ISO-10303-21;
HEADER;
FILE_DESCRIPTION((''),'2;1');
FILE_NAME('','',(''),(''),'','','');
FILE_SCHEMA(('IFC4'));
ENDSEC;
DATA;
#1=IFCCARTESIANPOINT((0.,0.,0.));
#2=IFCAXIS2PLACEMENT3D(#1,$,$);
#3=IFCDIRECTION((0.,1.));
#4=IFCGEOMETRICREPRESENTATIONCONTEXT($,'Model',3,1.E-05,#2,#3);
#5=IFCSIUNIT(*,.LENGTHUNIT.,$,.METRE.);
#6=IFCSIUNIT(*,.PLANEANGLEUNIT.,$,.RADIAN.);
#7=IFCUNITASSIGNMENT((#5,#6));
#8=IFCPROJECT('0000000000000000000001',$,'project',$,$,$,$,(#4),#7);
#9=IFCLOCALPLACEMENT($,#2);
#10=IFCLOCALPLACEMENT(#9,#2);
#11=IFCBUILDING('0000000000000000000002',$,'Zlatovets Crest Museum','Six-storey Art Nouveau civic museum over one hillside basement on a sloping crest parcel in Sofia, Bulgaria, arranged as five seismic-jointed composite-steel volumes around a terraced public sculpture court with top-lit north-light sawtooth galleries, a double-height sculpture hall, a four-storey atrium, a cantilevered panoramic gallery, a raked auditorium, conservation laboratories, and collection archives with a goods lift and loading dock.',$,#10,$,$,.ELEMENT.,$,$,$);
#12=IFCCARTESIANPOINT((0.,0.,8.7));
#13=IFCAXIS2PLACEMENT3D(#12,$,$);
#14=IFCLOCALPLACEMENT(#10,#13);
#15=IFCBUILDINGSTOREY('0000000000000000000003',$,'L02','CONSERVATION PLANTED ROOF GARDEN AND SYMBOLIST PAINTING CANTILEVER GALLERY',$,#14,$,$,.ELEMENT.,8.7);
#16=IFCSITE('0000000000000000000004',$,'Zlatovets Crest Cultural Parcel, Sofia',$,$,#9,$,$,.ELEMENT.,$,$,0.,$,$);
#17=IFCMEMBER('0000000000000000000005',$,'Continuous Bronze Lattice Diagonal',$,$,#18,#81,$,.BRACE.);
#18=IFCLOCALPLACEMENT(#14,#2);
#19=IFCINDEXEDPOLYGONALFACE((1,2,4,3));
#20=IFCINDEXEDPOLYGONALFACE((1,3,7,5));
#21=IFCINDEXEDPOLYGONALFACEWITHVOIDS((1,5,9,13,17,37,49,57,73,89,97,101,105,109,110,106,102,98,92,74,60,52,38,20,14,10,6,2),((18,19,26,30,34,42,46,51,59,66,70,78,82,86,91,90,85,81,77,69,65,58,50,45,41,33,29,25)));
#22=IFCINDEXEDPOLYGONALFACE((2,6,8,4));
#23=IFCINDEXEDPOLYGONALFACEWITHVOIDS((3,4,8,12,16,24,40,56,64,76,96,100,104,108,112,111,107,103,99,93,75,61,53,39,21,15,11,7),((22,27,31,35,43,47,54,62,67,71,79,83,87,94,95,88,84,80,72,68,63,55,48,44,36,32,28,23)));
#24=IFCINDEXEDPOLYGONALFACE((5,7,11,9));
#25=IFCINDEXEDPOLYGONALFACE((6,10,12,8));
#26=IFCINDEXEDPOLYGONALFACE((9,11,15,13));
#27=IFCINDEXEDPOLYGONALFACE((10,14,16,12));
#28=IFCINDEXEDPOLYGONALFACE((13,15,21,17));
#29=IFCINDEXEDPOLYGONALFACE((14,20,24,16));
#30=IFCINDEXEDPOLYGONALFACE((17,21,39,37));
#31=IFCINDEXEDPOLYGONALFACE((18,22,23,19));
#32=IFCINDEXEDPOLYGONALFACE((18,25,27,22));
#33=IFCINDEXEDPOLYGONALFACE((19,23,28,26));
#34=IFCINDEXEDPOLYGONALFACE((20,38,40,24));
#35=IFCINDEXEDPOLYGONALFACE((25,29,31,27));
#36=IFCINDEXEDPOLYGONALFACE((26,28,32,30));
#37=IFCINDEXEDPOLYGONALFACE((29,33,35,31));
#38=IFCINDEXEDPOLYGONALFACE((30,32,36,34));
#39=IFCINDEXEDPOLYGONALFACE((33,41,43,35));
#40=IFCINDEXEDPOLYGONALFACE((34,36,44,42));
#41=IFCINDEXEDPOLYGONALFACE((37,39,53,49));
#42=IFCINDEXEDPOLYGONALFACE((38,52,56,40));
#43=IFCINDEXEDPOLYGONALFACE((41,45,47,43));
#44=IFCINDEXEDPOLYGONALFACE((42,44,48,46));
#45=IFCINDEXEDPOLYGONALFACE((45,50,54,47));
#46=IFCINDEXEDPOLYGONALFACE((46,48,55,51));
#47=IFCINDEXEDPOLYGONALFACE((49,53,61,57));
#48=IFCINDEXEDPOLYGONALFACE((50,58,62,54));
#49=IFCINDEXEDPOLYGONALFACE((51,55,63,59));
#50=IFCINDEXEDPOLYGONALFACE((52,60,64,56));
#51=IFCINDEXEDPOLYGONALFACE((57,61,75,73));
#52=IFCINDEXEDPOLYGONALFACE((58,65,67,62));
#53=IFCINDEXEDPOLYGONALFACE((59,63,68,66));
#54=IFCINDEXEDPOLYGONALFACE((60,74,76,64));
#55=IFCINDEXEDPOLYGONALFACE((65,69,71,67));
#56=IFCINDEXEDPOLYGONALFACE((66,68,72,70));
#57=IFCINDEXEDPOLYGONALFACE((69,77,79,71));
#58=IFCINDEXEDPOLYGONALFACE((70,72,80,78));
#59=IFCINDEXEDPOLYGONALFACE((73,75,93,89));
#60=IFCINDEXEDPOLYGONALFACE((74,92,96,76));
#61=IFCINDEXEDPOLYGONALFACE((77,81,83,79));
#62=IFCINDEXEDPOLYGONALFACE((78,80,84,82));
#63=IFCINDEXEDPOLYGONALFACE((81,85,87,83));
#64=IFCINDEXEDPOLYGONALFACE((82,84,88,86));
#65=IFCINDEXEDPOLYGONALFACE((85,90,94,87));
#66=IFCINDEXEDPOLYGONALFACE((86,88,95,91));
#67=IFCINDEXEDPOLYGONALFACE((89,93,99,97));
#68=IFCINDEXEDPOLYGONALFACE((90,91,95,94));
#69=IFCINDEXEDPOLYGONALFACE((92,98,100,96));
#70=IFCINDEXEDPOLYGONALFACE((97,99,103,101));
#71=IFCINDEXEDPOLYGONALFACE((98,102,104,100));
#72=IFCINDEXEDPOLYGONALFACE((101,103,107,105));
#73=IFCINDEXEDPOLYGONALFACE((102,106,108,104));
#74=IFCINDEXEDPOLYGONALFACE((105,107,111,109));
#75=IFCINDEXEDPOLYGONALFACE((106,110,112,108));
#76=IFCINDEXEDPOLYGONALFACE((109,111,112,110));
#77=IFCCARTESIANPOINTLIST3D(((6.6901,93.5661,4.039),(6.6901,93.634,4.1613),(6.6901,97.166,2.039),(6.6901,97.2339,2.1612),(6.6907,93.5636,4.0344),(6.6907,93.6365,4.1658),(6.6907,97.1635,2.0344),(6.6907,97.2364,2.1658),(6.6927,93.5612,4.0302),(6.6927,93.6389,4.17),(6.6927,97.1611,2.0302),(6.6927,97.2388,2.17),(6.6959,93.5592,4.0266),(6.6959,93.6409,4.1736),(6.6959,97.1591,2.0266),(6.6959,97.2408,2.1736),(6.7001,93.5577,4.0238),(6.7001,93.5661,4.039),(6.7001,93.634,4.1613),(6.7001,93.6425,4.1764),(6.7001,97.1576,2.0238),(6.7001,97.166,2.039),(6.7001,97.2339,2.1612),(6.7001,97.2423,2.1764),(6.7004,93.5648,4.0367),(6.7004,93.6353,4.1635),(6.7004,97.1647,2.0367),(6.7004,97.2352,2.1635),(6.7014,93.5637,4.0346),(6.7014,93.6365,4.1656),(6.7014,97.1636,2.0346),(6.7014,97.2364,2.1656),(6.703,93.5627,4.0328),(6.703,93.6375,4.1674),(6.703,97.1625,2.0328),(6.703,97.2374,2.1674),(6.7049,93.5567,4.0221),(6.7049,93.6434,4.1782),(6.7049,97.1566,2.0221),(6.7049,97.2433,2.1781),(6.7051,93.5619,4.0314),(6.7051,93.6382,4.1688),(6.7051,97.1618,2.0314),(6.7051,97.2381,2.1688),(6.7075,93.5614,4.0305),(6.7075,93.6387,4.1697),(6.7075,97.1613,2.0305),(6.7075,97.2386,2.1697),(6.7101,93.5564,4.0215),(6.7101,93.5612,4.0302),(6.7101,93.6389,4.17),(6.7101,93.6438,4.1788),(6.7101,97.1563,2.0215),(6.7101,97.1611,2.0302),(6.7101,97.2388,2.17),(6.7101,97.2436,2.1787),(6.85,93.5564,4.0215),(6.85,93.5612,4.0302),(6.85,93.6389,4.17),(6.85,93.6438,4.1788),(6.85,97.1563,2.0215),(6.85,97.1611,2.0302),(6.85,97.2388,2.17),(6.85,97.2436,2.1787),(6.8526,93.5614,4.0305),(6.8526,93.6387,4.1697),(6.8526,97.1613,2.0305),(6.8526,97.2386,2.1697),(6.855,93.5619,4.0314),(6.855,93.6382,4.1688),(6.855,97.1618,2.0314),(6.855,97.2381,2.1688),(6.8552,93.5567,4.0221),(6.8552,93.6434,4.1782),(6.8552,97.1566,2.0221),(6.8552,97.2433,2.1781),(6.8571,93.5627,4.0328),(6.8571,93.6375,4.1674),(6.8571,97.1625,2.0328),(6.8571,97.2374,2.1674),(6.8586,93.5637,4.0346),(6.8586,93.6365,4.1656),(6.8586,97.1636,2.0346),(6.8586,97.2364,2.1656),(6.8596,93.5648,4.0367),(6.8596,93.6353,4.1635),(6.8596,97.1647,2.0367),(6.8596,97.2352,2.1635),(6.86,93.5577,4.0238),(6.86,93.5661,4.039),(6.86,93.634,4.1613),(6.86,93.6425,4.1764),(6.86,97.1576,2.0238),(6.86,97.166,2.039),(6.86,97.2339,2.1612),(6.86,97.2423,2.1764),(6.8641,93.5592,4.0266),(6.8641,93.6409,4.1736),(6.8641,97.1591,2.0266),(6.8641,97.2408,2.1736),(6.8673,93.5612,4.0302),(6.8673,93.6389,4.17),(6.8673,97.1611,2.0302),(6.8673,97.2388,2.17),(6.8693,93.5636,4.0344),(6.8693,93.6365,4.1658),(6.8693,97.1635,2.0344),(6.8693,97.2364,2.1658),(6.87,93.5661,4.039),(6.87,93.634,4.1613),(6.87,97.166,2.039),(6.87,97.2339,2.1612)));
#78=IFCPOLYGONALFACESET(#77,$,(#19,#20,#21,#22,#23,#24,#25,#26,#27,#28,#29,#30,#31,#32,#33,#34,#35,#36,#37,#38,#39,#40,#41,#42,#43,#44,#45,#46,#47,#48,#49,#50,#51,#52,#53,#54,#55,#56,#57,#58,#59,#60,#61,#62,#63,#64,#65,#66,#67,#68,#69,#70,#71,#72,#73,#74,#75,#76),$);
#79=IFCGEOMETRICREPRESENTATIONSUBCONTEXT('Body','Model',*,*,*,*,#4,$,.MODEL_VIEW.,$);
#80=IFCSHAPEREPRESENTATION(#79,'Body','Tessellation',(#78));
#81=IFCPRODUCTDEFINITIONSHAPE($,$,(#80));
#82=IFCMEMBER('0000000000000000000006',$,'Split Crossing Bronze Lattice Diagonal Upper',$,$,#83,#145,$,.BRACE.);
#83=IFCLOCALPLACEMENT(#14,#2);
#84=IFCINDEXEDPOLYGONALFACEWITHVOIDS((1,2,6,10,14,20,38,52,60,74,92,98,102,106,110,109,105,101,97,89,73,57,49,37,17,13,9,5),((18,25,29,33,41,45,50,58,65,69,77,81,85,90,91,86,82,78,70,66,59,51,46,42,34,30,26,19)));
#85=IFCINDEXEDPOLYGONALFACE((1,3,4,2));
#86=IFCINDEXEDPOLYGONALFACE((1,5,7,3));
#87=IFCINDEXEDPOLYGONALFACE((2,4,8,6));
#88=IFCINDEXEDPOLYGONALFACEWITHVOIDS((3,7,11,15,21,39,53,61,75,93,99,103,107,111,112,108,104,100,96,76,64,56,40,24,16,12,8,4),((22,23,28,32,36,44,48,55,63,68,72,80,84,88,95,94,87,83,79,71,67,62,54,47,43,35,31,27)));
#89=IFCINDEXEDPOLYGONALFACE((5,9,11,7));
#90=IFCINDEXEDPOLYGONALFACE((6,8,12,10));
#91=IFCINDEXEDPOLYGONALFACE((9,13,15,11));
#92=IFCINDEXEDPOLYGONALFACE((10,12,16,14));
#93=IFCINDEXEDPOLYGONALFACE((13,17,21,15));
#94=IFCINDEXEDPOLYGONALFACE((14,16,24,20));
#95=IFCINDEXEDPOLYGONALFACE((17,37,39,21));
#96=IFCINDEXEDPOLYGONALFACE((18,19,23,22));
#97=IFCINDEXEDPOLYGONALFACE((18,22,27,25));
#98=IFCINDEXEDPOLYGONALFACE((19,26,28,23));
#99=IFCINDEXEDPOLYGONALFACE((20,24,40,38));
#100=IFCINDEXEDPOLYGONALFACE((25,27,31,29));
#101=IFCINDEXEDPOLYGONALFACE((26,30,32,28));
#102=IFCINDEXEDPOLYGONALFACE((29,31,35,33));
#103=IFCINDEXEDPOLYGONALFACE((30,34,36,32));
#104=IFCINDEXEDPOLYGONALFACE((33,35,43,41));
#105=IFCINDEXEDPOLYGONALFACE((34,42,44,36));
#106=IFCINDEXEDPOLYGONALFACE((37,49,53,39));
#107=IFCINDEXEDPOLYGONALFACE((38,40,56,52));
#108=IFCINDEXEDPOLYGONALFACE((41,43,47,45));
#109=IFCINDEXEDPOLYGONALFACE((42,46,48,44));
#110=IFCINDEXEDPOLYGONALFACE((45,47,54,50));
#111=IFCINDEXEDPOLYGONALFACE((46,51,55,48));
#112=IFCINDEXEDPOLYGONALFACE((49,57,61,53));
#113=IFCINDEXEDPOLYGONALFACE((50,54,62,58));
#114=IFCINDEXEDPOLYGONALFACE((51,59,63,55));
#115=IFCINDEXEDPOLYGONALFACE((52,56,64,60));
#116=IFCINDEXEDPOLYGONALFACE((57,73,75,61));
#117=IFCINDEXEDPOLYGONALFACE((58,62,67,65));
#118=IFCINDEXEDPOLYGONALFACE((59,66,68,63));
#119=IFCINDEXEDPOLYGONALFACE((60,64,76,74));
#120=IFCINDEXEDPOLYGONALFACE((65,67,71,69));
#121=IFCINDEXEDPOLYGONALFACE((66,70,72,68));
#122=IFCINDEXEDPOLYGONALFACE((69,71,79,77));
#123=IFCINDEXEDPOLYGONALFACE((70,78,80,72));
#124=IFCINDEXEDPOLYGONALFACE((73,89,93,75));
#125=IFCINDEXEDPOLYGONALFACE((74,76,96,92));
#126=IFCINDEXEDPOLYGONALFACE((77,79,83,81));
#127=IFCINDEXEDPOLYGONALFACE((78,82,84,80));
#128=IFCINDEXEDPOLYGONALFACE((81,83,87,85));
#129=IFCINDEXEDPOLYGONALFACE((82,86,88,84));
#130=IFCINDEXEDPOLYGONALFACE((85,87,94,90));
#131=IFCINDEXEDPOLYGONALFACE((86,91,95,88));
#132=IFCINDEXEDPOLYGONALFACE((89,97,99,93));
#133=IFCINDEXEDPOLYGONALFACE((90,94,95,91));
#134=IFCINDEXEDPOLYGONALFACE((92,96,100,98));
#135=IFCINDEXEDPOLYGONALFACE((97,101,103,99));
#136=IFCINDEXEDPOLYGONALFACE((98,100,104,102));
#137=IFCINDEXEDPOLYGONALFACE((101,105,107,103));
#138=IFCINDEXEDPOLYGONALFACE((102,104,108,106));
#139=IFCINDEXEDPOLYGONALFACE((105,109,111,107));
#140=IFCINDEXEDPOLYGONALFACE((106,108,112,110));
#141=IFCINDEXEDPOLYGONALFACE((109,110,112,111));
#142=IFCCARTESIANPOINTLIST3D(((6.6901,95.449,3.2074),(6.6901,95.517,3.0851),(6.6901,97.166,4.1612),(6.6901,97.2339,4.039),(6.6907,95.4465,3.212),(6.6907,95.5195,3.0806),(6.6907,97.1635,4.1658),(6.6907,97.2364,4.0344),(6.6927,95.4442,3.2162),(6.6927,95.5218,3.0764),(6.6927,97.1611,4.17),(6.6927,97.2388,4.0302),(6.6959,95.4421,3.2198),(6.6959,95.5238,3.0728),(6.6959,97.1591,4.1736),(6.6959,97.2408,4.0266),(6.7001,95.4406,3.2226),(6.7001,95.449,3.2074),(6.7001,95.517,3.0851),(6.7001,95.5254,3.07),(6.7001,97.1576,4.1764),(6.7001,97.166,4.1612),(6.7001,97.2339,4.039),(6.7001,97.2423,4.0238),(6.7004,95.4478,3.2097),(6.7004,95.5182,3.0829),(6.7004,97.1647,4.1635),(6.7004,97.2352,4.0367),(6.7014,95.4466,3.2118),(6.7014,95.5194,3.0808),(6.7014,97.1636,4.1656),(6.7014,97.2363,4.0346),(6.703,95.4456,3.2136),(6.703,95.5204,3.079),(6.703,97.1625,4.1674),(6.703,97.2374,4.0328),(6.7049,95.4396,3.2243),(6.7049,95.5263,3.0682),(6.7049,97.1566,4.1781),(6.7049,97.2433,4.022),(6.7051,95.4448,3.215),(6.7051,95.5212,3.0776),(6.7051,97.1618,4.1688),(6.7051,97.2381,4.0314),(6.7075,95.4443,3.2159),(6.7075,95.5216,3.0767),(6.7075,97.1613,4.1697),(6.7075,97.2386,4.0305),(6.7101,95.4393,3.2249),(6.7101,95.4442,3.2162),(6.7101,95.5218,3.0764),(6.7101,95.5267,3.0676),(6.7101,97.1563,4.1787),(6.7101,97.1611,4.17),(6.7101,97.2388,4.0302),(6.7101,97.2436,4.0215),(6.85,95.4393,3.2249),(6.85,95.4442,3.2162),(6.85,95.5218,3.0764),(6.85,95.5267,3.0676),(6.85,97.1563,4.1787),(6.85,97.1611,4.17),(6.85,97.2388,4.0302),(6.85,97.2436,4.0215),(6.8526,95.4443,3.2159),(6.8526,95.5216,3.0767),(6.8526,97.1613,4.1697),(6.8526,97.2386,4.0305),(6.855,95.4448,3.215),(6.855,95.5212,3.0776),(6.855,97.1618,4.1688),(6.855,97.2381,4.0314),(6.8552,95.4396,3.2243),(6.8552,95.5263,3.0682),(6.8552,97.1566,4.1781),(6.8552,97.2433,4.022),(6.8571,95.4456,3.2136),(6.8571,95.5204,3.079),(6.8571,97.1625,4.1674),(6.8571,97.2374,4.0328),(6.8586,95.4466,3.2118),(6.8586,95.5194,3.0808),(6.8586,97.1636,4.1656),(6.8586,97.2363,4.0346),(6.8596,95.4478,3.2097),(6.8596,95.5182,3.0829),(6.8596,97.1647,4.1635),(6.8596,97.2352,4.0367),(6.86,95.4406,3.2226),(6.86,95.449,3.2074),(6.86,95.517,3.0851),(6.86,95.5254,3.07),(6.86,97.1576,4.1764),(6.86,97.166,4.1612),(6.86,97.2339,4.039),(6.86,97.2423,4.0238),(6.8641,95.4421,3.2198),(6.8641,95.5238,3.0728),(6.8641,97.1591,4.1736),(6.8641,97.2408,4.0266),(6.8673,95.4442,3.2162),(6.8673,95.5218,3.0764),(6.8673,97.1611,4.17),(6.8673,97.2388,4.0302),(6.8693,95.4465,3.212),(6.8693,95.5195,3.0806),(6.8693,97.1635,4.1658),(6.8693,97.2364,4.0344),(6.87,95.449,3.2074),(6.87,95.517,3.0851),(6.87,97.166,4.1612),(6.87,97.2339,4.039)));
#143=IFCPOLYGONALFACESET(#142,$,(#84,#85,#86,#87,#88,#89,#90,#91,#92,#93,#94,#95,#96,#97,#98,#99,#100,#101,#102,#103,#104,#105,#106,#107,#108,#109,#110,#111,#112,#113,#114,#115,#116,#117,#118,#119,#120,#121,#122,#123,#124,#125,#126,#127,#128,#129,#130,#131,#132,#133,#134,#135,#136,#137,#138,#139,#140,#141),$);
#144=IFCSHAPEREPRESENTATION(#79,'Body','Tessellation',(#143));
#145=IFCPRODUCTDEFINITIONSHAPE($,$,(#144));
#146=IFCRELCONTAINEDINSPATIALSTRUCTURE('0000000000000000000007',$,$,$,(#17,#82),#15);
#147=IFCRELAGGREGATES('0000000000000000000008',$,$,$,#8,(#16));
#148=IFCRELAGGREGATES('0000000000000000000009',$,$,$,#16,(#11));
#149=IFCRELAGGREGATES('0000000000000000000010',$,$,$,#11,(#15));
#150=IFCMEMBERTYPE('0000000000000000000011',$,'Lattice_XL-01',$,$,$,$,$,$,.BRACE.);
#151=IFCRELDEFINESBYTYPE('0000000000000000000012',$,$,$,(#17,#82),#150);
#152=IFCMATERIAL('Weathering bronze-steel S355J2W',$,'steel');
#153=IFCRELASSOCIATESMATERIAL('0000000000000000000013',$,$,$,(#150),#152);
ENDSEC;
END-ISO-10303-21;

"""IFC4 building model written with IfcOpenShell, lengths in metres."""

from ifc_helpers import new_model, si_unit, direction, frame, origin, origin_2d, place, context, subcontext, project, spatial, hollow_rectangle, extrude, material, material_profile, profile_set, type_object, element, save


model = new_model("IFC4")

# Units and contexts
model_context = context("Model", 3, precision=1e-05, world=origin(), true_north=direction((0.0, 1.0)))
body_context = subcontext(model_context, "Body", "Model", "MODEL_VIEW")
ifc_project = project(units=[si_unit("LENGTHUNIT", "METRE"), si_unit("PLANEANGLEUNIT", "RADIAN")], contexts=[model_context])

# Site, building, storey
site_placement = place(None, origin())
site = spatial("IfcSite", under=ifc_project, at=site_placement, Name="Zlatovets Crest Cultural Parcel, Sofia", CompositionType="ELEMENT", RefElevation=0.0)
building_placement = place(site_placement, origin())
building = spatial("IfcBuilding", under=site, at=building_placement, Name="Zlatovets Crest Museum", Description="Six-storey Art Nouveau civic museum over one hillside basement on a sloping crest parcel in Sofia, Bulgaria, arranged as five seismic-jointed composite-steel volumes around a terraced public sculpture court with top-lit north-light sawtooth galleries, a double-height sculpture hall, a four-storey atrium, a cantilevered panoramic gallery, a raked auditorium, conservation laboratories, and collection archives with a goods lift and loading dock.", CompositionType="ELEMENT")
storey_placement = place(building_placement, frame((0.0, 0.0, 8.7)))
storey = spatial("IfcBuildingStorey", under=building, at=storey_placement, Name="L02", Description="CONSERVATION PLANTED ROOF GARDEN AND SYMBOLIST PAINTING CANTILEVER GALLERY", CompositionType="ELEMENT", Elevation=8.7)

# Members
ifc_material_1 = material(Name="Weathering bronze-steel S355J2W", Category="steel")
ifc_material_profile_1 = material_profile(ifc_material_1, hollow_rectangle(XDim=0.1799, YDim=0.1799, WallThickness=0.01, InnerFilletRadius=0.01, OuterFilletRadius=0.02, at=origin_2d()), Name="SHS 180x180x10.0")
ifc_profile_set_1 = profile_set([ifc_material_profile_1], Name="Weathering bronze-steel S355J2W")
member_type_1 = type_object("IfcMemberType", Name="Lattice_XL-01", PredefinedType="BRACE", material=ifc_profile_set_1)
member_1_placement = place(storey_placement, frame((6.78, 97.2, 2.1001), z_axis=(0.0, -0.874149, 0.485658), x_axis=(1.0, 0.0, 0.0)))
element("IfcMember", 1, at=member_1_placement, inside=storey, type_object=member_type_1, Name="Continuous Bronze Lattice Diagonal", PredefinedType="BRACE", context=body_context, shape_type="SweptSolid", body=[
    extrude(hollow_rectangle(XDim=0.1799, YDim=0.1799, WallThickness=0.01, InnerFilletRadius=0.01, OuterFilletRadius=0.02, at=origin_2d()), origin(), (0.0, 0.0, 1.0), 4.1182),
])
member_2_placement = place(storey_placement, frame((6.78, 97.2, 4.1001), z_axis=(0.0, -0.874169, -0.485622), x_axis=(1.0, 0.0, 0.0)))
element("IfcMember", 2, at=member_2_placement, inside=storey, type_object=member_type_1, Name="Split Crossing Bronze Lattice Diagonal Upper", PredefinedType="BRACE", context=body_context, shape_type="SweptSolid", body=[
    extrude(hollow_rectangle(XDim=0.1799, YDim=0.1799, WallThickness=0.01, InnerFilletRadius=0.01, OuterFilletRadius=0.02, at=origin_2d()), origin(), (0.0, 0.0, 1.0), 1.9641),
])

save(model, "model.ifc")
